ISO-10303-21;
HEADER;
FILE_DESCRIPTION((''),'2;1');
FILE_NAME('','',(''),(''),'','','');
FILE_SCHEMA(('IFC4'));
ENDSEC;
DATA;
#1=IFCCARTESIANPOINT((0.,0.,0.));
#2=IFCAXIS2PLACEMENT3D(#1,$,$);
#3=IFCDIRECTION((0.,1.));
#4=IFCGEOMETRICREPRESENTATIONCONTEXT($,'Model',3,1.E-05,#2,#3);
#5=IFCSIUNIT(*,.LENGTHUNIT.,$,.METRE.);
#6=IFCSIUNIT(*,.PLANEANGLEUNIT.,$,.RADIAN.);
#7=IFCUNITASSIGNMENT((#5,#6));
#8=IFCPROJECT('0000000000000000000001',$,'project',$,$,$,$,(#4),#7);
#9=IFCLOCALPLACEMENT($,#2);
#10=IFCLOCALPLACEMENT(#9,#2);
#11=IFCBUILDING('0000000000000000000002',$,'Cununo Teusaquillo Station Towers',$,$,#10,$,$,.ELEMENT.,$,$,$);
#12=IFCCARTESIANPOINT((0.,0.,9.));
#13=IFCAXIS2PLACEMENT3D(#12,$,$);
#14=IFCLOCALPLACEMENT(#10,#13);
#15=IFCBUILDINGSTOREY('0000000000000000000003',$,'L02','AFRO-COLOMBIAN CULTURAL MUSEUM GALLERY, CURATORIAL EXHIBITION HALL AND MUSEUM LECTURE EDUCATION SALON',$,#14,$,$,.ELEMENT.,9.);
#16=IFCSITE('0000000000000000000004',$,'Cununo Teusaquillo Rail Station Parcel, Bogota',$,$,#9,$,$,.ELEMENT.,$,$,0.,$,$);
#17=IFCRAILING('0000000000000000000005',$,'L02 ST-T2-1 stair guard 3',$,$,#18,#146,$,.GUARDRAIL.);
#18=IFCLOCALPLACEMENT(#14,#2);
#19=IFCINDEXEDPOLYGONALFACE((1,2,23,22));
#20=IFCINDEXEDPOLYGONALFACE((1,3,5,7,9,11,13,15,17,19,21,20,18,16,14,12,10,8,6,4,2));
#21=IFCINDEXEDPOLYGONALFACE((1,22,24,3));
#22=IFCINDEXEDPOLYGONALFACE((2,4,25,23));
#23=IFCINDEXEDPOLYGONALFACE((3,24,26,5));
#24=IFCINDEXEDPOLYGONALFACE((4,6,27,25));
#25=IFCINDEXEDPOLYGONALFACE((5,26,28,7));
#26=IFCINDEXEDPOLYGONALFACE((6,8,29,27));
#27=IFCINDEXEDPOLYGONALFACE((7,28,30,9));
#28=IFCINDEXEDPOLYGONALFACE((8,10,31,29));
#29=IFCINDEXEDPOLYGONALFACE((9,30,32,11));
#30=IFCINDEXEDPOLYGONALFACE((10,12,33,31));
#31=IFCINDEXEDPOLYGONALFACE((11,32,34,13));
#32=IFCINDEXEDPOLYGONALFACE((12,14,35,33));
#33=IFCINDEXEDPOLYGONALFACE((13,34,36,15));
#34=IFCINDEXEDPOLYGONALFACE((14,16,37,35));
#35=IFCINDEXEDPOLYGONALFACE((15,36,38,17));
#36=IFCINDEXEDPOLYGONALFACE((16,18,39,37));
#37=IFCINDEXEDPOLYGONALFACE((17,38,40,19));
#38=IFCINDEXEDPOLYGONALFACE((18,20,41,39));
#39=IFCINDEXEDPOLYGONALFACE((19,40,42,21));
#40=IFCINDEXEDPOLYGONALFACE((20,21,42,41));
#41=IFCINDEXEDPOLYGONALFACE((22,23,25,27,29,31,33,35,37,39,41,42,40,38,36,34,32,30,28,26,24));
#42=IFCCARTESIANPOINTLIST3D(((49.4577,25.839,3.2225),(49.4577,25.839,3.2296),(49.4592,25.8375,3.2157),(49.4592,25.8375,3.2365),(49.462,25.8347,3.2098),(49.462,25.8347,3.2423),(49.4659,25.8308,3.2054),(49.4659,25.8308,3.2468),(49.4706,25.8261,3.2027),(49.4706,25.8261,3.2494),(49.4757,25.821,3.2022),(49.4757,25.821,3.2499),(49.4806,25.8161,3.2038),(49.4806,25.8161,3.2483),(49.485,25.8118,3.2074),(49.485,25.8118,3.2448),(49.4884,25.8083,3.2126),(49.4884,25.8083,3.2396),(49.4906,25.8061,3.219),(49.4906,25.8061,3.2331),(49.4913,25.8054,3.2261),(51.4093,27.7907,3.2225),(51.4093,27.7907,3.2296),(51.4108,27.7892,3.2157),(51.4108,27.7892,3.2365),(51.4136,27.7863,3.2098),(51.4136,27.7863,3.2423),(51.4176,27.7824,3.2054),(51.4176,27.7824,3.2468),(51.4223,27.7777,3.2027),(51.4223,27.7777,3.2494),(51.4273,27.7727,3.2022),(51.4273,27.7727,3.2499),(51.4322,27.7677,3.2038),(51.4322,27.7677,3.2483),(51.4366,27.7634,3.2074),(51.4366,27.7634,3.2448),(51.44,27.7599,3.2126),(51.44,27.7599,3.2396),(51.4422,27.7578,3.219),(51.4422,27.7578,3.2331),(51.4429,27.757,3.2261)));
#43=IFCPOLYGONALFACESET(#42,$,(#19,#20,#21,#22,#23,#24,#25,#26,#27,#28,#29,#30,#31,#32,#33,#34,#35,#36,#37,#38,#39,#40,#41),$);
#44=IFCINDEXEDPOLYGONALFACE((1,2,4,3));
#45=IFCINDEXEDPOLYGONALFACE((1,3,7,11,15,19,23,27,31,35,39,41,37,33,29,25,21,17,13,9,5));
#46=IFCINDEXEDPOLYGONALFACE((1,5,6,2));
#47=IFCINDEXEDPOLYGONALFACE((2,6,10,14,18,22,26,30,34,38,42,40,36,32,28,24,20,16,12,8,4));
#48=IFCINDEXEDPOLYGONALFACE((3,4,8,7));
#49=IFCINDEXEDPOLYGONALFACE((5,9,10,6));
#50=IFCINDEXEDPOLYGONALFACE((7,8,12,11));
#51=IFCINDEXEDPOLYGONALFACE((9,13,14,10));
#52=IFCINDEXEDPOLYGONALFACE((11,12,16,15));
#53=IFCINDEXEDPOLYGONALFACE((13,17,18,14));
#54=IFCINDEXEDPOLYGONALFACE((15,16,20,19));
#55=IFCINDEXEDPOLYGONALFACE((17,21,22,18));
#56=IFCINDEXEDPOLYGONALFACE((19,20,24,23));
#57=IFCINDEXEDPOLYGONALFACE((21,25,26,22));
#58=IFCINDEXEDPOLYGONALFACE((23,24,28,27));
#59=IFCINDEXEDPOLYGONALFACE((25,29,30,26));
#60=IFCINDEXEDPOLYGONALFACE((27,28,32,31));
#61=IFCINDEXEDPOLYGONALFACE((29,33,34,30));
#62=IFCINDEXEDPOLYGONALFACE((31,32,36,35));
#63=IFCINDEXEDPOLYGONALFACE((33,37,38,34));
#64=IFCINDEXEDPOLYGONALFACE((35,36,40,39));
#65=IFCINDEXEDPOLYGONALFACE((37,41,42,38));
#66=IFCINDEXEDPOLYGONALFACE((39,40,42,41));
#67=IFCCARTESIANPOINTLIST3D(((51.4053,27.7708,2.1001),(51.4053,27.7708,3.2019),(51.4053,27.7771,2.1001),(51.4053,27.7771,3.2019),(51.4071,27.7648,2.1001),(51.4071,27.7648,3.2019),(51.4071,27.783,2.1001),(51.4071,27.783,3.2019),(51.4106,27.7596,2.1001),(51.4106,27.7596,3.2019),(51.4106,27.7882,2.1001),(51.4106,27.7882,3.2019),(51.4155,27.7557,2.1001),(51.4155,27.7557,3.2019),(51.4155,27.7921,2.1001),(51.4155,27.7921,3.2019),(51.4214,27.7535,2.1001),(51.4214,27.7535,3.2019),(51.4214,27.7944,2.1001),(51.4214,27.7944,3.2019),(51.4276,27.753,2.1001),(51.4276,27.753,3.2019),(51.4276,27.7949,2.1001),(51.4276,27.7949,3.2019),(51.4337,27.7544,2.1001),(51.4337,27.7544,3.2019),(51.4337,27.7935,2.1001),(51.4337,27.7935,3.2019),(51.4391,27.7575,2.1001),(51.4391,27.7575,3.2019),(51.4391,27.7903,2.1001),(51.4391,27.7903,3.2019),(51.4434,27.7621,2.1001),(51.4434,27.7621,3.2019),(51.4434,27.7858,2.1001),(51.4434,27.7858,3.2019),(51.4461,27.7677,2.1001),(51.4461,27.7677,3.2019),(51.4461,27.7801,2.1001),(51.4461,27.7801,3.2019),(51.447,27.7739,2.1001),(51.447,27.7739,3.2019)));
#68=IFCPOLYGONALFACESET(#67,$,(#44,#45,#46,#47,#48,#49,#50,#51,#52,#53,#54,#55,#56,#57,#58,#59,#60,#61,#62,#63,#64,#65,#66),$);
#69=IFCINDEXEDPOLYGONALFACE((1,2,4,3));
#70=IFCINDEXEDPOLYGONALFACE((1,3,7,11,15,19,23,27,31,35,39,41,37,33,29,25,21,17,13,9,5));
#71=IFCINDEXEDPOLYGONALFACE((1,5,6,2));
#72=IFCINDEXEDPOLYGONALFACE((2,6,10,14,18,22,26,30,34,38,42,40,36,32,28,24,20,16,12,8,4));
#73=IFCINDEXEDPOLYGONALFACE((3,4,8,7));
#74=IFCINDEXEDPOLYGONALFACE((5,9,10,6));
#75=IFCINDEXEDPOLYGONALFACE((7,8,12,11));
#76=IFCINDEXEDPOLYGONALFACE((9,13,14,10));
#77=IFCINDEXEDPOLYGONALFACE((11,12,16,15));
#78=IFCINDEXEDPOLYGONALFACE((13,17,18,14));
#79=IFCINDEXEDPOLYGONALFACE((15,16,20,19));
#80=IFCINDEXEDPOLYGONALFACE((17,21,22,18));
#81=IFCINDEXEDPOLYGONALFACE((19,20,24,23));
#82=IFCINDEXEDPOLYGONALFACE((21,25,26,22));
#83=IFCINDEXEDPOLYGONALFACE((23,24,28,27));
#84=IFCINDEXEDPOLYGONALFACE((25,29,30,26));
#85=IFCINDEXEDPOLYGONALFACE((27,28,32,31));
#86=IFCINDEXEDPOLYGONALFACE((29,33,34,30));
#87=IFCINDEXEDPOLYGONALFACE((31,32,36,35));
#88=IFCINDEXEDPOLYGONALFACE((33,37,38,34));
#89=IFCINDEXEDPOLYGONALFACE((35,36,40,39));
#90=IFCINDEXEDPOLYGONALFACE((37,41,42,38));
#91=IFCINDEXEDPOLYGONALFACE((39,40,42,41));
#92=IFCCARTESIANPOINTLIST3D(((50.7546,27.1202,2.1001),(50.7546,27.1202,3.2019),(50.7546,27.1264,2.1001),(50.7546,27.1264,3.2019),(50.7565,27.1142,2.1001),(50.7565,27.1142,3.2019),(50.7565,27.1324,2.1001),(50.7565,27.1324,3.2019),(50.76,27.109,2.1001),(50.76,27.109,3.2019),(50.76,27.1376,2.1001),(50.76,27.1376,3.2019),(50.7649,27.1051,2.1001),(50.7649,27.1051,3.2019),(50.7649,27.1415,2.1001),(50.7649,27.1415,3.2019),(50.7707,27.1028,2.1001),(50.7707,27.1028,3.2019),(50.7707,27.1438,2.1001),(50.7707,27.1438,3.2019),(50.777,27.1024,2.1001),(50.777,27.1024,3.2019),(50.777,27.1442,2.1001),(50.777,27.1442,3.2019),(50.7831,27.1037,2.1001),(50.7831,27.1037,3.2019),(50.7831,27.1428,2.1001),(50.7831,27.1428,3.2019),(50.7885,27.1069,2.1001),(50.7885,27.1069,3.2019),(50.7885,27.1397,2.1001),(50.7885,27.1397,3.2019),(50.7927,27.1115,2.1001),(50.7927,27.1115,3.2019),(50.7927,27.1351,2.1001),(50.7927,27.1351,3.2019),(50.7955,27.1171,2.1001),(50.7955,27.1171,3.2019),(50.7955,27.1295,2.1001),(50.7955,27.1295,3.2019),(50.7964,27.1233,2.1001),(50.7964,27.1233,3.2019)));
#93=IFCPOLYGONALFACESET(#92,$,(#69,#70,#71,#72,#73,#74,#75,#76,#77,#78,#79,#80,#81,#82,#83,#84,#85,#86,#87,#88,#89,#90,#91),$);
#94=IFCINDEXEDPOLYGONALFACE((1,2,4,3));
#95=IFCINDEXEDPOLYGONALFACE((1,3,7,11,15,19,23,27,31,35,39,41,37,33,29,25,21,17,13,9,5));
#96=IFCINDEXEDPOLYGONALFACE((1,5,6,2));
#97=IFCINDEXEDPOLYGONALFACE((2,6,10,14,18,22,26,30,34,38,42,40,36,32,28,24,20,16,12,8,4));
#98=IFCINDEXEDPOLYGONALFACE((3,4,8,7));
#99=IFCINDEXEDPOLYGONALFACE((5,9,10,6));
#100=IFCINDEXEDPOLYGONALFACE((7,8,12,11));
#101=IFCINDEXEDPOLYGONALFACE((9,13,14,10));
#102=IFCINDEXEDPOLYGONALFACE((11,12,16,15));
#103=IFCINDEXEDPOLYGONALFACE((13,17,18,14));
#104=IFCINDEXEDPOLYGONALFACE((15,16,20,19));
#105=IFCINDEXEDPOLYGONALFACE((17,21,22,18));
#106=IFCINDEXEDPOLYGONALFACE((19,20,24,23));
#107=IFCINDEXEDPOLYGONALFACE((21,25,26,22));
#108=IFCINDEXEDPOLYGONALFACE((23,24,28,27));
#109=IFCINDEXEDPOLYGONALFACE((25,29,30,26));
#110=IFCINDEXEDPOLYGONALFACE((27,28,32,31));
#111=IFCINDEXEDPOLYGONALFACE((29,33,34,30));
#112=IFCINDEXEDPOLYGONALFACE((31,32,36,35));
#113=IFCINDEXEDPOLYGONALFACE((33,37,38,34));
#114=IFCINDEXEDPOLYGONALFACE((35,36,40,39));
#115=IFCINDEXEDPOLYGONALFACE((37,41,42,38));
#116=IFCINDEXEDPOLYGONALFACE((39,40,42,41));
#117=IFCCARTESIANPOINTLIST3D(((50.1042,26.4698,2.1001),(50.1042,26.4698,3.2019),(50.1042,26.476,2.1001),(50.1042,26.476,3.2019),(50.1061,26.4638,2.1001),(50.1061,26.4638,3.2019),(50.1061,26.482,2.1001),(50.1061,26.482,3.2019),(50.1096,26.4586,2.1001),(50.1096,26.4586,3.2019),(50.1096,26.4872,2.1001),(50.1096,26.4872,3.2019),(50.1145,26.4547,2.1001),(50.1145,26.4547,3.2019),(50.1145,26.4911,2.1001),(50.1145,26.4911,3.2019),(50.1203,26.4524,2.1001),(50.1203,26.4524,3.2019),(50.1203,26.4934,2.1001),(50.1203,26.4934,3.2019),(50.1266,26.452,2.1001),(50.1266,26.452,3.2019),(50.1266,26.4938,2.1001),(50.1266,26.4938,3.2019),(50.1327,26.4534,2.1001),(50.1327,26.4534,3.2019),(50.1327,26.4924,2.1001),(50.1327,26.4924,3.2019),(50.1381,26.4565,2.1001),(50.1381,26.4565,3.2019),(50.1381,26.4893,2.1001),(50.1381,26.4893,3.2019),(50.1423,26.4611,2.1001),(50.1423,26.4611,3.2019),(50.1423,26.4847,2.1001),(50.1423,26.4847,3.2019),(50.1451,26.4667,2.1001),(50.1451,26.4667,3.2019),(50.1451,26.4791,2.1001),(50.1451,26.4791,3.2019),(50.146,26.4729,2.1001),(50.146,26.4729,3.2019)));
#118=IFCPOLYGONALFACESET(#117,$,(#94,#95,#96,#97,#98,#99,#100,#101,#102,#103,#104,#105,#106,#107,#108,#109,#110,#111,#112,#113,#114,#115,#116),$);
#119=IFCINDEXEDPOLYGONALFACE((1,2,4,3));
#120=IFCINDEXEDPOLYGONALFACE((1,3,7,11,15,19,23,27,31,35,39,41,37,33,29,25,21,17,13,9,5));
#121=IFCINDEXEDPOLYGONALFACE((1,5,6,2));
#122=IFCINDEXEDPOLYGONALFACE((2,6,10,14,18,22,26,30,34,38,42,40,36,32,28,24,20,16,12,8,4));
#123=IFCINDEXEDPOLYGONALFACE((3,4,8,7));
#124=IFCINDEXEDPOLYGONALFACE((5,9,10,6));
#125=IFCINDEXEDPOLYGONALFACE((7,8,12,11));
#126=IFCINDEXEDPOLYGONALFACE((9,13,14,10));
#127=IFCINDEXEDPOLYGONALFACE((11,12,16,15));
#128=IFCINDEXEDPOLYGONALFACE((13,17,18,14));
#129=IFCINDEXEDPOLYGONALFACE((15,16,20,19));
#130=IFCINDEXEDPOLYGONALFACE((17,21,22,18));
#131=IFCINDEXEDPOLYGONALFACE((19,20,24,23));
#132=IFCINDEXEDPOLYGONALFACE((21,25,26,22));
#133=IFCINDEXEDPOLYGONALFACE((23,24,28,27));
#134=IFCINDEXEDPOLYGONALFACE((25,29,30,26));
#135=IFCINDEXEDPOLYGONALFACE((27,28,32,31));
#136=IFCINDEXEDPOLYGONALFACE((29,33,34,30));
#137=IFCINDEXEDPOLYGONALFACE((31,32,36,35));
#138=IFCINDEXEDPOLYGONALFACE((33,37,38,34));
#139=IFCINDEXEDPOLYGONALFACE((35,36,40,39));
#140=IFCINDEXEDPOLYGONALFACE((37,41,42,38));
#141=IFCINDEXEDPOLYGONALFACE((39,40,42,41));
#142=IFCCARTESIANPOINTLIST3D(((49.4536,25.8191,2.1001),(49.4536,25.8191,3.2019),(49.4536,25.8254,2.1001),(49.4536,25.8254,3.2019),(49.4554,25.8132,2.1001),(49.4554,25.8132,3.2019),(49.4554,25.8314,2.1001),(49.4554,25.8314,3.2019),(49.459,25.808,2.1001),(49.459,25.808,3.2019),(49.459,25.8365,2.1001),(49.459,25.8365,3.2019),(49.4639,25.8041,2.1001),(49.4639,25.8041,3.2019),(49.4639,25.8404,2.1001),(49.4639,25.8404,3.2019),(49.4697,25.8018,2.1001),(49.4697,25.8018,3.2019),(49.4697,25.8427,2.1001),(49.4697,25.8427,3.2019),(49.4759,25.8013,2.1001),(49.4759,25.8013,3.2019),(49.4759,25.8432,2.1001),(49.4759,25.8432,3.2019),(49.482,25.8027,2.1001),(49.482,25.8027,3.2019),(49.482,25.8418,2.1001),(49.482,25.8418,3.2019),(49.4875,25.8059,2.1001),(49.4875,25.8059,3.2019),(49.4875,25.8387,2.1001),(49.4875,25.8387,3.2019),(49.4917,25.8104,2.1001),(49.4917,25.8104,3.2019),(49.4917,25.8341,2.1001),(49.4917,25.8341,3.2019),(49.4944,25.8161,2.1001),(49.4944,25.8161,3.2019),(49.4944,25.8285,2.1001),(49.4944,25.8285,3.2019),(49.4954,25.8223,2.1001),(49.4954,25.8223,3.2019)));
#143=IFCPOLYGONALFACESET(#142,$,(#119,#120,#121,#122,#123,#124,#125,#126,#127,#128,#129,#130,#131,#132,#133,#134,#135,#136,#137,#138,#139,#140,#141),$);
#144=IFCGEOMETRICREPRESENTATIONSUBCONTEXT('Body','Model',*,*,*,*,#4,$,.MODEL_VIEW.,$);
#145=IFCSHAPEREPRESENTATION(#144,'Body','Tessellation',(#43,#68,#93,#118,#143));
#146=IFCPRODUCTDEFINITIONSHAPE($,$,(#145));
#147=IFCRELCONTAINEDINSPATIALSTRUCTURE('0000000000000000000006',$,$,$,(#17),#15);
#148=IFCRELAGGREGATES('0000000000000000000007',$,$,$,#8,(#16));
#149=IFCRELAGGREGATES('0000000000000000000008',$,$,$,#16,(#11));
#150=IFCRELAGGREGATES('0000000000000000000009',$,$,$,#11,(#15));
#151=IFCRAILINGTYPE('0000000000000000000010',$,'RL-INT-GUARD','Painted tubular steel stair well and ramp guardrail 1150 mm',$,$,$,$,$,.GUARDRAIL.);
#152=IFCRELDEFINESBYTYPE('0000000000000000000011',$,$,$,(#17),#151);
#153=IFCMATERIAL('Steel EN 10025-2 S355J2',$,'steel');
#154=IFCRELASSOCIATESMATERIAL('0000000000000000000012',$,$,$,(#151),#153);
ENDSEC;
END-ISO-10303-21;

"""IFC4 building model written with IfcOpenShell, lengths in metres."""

from ifc_helpers import new_model, si_unit, direction, frame, origin, origin_2d, place, context, subcontext, project, spatial, circle, extrude, material, type_object, element, save


model = new_model("IFC4")

# Units and contexts
model_context = context("Model", 3, precision=1e-05, world=origin(), true_north=direction((0.0, 1.0)))
body_context = subcontext(model_context, "Body", "Model", "MODEL_VIEW")
ifc_project = project(units=[si_unit("LENGTHUNIT", "METRE"), si_unit("PLANEANGLEUNIT", "RADIAN")], contexts=[model_context])

# Site, building, storey
site_placement = place(None, origin())
site = spatial("IfcSite", under=ifc_project, at=site_placement, Name="Cununo Teusaquillo Rail Station Parcel, Bogota", CompositionType="ELEMENT", RefElevation=0.0)
building_placement = place(site_placement, origin())
building = spatial("IfcBuilding", under=site, at=building_placement, Name="Cununo Teusaquillo Station Towers", CompositionType="ELEMENT")
storey_placement = place(building_placement, frame((0.0, 0.0, 9.0)))
storey = spatial("IfcBuildingStorey", under=building, at=storey_placement, Name="L02", Description="AFRO-COLOMBIAN CULTURAL MUSEUM GALLERY, CURATORIAL EXHIBITION HALL AND MUSEUM LECTURE EDUCATION SALON", CompositionType="ELEMENT", Elevation=9.0)

# Railing
ifc_material_1 = material(Name="Steel EN 10025-2 S355J2", Category="steel")
railing_type = type_object("IfcRailingType", Name="RL-INT-GUARD", Description="Painted tubular steel stair well and ramp guardrail 1150 mm", PredefinedType="GUARDRAIL", material=ifc_material_1)
railing_1_placement = place(storey_placement, frame((51.426, 27.7739, 2.1001)))
element("IfcRailing", 1, at=railing_1_placement, inside=storey, type_object=railing_type, Name="L02 ST-T2-1 stair guard 3", PredefinedType="GUARDRAIL", context=body_context, shape_type="SweptSolid", body=[
    extrude(circle(Radius=0.0239, at=origin_2d()), frame((0.0, 0.0, 1.126), z_axis=(-0.707107, -0.707107, 0.0), x_axis=(0.707107, -0.707107, 0.0)), (0.0, 0.0, 1.0), 2.76),
    extrude(circle(Radius=0.021, at=origin_2d()), origin(), (0.0, 0.0, 1.0), 1.1018),
    extrude(circle(Radius=0.021, at=origin_2d()), frame((-0.6506, -0.6506, 0.0)), (0.0, 0.0, 1.0), 1.1018),
    extrude(circle(Radius=0.021, at=origin_2d()), frame((-1.301, -1.301, 0.0)), (0.0, 0.0, 1.0), 1.1018),
    extrude(circle(Radius=0.021, at=origin_2d()), frame((-1.9517, -1.9517, 0.0)), (0.0, 0.0, 1.0), 1.1018),
])

save(model, "model.ifc")
